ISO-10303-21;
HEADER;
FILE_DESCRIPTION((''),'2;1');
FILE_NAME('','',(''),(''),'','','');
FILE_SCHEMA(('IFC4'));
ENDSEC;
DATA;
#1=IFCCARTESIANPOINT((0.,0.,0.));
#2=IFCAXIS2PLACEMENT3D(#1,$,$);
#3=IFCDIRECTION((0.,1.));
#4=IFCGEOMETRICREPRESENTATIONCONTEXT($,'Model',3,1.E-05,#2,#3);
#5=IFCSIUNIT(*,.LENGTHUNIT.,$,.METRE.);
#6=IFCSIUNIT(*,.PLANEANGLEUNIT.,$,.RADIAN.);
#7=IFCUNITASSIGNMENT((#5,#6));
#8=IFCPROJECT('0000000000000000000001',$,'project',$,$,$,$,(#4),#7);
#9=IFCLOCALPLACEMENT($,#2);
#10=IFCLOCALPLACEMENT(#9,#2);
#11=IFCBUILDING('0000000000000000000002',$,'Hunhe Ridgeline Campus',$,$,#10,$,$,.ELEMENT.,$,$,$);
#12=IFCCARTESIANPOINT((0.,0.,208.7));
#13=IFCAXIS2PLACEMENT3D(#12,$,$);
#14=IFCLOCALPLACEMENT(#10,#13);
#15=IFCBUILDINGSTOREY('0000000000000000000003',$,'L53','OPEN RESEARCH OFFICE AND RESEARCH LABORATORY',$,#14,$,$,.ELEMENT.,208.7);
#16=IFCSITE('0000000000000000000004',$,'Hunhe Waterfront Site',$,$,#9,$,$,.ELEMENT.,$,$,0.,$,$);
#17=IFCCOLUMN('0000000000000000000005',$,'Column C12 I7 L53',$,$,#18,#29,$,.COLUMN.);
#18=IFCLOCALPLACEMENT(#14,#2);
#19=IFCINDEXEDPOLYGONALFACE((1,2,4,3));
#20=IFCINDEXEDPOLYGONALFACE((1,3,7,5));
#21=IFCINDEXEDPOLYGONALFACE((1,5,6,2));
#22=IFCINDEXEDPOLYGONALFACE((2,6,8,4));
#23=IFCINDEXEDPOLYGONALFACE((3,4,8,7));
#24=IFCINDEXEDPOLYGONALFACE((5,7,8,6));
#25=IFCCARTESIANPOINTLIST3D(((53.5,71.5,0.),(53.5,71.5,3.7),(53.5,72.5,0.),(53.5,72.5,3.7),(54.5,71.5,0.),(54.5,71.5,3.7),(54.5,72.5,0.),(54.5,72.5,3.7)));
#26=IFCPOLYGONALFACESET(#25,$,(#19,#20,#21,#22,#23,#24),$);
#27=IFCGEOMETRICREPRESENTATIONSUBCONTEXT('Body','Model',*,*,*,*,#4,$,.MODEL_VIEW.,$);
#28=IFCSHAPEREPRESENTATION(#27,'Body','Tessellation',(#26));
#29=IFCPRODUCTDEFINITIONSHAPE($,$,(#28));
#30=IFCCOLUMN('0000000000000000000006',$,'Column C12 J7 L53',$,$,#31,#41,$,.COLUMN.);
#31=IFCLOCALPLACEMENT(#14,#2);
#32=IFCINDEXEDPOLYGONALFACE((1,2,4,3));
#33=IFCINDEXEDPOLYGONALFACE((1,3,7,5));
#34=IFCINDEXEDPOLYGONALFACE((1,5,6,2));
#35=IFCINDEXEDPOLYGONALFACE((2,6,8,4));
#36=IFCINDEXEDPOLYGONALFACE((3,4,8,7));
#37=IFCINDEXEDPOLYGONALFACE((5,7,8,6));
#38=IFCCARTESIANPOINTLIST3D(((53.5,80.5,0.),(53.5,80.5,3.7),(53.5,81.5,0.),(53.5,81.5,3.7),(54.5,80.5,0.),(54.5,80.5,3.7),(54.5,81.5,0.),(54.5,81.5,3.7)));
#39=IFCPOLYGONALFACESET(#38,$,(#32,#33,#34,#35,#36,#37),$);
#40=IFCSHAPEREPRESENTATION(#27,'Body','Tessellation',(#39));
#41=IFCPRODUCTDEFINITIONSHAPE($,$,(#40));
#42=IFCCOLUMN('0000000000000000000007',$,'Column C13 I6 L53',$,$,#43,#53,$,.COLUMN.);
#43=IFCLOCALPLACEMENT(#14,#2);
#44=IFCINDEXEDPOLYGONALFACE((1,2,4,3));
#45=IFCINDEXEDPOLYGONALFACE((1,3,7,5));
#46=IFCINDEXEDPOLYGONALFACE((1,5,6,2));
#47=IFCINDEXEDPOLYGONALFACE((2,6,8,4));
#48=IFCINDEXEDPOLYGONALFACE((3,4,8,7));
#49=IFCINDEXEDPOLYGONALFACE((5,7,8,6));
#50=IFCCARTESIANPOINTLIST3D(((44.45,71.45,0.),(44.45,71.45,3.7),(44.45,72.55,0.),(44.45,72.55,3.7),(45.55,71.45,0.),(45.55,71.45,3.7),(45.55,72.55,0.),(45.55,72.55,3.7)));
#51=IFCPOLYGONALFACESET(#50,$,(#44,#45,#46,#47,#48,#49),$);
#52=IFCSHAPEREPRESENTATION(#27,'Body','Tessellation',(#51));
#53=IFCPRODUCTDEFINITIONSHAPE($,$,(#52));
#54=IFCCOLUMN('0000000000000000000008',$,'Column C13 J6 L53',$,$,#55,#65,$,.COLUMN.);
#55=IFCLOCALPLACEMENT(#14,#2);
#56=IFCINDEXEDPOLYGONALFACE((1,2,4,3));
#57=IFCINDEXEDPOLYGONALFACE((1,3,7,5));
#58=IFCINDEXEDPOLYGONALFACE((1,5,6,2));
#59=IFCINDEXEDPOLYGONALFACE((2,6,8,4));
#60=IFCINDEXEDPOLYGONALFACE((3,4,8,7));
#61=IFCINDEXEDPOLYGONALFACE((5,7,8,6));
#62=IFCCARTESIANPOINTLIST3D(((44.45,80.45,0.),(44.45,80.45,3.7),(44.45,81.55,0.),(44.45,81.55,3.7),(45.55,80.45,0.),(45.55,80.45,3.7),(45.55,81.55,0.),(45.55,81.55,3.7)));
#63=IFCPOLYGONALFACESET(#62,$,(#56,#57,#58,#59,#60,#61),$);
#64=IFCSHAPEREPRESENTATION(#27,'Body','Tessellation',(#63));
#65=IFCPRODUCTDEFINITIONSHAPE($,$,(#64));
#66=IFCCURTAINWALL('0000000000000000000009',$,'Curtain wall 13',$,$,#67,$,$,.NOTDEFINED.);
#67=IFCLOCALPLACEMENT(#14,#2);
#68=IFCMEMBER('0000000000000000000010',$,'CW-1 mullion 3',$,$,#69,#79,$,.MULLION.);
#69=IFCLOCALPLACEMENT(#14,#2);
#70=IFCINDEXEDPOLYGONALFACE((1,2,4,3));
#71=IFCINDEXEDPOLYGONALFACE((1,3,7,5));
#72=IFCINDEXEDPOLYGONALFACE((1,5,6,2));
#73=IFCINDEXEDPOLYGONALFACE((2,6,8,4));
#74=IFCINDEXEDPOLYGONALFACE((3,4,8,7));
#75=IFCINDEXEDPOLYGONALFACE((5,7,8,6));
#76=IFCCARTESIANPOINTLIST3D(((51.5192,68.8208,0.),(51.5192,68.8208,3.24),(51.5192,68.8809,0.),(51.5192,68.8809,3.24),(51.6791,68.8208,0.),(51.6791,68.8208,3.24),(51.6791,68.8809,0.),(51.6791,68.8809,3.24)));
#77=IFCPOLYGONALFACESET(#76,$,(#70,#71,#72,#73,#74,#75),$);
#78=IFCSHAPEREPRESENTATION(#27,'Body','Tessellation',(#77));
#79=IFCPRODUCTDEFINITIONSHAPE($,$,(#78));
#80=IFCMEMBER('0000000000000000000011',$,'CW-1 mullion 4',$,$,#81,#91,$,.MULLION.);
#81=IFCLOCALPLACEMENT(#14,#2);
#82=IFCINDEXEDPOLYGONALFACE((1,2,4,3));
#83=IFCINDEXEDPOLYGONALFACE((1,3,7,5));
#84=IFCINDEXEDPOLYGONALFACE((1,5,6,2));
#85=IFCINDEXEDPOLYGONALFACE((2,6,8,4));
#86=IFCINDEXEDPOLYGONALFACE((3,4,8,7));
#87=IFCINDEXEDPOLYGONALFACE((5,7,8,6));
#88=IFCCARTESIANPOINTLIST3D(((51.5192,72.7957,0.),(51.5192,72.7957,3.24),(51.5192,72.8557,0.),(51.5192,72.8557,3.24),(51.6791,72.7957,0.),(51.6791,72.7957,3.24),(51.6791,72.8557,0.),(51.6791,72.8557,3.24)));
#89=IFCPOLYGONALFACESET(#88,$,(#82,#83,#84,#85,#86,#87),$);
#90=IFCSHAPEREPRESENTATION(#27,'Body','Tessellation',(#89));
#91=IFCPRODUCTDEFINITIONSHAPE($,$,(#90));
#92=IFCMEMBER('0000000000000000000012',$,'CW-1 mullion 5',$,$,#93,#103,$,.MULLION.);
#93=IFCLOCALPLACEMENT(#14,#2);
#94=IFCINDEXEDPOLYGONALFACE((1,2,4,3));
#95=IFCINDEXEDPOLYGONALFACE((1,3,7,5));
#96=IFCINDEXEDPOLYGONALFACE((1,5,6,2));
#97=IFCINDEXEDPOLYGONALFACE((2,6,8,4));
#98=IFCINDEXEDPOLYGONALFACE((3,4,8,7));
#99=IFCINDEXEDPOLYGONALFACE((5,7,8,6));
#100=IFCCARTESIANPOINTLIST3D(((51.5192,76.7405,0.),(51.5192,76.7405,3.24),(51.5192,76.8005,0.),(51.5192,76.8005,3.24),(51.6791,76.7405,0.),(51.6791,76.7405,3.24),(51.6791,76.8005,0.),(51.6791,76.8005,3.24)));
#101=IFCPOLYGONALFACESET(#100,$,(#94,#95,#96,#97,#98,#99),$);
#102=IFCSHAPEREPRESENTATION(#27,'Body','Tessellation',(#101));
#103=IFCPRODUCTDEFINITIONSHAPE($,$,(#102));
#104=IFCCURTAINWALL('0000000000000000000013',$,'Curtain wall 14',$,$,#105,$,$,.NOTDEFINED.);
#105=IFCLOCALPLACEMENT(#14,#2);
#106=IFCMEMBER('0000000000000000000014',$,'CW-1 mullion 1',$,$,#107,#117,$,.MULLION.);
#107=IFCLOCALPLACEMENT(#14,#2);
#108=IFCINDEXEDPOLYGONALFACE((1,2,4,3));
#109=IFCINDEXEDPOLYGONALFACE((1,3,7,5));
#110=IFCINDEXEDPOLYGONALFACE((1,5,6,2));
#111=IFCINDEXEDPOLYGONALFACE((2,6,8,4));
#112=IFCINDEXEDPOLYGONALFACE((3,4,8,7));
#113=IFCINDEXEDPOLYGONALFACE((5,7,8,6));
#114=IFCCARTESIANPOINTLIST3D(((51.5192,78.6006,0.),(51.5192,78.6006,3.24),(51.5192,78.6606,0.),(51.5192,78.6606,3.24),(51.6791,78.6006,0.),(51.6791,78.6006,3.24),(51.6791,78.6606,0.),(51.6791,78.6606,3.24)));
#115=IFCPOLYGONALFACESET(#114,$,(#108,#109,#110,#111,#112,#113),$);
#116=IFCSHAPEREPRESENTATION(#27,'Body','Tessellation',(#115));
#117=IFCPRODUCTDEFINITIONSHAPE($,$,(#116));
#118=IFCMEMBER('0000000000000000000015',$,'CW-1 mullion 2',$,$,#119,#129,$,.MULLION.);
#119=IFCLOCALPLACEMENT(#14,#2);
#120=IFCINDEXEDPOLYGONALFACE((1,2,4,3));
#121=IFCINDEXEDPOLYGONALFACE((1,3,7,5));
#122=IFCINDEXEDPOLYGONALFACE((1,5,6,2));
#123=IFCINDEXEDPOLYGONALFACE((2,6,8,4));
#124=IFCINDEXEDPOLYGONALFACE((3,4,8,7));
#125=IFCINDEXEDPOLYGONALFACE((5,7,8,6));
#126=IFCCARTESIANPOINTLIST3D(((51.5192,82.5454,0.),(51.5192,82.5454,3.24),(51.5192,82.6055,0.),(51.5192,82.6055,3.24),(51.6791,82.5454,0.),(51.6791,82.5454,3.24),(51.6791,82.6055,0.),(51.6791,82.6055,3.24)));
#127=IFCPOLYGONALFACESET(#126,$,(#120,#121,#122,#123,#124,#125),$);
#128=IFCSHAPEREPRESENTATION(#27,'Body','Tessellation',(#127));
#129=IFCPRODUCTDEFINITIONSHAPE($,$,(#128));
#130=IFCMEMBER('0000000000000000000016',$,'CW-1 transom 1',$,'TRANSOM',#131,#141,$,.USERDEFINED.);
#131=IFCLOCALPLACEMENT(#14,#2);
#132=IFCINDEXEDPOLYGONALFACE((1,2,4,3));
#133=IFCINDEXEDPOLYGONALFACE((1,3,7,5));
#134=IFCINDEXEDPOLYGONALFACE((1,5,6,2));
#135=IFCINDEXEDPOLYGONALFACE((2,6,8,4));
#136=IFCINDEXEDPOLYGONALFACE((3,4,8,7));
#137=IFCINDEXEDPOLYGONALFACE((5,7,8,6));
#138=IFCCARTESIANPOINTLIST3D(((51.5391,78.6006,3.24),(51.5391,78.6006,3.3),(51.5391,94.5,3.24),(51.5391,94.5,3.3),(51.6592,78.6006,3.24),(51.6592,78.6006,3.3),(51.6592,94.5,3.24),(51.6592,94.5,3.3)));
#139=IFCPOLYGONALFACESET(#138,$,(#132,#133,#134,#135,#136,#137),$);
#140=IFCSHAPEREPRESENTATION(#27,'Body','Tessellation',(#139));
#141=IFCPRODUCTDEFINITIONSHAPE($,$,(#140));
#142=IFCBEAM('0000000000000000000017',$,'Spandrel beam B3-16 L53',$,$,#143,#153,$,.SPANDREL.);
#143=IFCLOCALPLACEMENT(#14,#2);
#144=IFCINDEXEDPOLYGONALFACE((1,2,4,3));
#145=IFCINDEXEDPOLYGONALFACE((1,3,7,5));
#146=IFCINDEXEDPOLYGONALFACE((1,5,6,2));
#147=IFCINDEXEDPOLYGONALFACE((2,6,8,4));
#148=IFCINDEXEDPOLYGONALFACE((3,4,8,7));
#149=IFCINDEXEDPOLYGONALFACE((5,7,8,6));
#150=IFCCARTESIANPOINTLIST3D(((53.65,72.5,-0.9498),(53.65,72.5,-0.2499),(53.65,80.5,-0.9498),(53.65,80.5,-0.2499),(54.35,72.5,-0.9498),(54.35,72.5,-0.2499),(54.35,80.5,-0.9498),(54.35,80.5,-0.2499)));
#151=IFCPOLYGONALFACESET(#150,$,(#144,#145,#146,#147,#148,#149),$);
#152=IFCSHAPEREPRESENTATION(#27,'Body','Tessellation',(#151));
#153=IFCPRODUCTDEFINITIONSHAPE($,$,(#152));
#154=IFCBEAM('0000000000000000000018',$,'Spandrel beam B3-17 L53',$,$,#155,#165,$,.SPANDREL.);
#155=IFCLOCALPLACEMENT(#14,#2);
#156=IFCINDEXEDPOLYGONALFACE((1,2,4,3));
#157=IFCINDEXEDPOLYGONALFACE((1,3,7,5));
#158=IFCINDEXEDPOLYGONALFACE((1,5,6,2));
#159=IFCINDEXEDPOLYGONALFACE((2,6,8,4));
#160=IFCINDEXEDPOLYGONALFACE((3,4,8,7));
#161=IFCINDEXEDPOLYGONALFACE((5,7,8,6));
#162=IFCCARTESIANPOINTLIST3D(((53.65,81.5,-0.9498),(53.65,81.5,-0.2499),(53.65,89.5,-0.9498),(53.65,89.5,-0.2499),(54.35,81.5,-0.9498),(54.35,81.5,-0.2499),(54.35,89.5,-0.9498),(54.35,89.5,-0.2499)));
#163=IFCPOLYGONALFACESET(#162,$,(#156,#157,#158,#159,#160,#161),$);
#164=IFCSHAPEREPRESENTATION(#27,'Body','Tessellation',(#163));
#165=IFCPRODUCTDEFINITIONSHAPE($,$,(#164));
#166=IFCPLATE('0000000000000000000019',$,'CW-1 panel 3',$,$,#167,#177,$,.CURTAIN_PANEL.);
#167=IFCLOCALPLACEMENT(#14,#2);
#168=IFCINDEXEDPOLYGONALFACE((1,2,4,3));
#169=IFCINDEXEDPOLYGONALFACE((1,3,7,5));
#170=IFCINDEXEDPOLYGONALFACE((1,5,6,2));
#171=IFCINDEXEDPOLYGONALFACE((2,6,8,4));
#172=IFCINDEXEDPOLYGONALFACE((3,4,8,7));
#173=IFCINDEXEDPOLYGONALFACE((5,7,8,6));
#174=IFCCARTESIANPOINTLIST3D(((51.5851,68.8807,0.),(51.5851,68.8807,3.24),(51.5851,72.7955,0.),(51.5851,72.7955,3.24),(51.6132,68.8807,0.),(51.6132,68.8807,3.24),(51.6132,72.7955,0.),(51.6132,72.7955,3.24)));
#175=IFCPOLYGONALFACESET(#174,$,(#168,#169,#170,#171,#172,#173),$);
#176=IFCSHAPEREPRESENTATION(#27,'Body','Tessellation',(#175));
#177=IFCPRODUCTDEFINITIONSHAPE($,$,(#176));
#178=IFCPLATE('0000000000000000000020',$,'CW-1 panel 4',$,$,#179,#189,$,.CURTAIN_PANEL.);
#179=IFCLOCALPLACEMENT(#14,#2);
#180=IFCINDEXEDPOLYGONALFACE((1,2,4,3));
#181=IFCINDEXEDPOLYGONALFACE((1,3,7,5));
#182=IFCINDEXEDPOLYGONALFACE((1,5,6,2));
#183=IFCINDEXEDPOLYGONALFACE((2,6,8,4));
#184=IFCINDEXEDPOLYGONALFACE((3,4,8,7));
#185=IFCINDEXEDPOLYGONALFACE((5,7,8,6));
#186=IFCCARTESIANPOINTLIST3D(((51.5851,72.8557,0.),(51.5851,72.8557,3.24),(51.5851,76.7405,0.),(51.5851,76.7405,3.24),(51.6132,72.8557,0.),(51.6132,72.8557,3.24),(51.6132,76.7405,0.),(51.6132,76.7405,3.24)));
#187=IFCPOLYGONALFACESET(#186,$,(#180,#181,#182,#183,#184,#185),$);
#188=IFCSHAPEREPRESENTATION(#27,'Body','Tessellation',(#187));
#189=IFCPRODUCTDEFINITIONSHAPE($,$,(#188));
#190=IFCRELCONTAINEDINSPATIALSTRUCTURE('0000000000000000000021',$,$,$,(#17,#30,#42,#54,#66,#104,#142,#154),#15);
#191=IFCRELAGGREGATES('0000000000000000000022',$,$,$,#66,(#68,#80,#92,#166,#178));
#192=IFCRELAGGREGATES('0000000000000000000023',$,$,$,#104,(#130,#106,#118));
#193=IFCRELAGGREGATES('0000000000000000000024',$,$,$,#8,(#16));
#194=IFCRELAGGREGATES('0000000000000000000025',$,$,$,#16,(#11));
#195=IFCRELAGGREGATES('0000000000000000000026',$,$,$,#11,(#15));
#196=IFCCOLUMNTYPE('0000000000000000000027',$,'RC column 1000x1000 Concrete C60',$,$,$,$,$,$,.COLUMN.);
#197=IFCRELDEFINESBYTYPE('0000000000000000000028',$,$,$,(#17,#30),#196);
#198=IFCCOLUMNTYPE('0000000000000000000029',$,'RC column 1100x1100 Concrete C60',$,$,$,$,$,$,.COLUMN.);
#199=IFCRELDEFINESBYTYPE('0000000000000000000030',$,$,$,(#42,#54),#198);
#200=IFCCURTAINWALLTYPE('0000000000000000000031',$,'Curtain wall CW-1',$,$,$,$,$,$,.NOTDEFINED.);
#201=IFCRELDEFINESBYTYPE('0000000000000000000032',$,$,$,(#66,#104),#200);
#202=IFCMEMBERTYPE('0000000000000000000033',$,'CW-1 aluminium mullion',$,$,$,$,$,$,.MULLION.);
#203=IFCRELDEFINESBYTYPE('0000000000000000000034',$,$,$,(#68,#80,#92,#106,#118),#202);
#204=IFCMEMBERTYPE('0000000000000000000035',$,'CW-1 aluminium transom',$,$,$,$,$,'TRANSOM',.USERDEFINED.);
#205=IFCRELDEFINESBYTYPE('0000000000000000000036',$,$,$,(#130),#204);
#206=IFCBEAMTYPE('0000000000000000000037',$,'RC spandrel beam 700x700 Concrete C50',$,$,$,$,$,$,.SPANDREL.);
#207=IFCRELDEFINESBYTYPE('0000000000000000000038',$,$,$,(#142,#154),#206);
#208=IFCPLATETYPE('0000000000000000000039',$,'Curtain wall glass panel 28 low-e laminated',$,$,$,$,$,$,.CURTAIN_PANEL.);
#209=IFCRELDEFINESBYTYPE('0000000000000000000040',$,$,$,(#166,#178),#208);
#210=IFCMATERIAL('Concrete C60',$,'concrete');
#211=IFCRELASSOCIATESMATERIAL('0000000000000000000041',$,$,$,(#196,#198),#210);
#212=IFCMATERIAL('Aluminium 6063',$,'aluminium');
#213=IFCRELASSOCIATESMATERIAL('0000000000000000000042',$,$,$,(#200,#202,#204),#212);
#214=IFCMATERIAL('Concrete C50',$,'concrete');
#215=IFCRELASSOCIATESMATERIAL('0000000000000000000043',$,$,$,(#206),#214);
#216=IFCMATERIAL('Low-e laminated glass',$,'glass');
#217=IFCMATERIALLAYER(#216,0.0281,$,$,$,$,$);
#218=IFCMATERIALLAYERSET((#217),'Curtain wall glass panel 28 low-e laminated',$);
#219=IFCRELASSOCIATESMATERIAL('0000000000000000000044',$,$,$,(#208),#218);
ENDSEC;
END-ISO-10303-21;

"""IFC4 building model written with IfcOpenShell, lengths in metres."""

from ifc_helpers import new_model, si_unit, direction, frame, origin, origin_2d, place, context, subcontext, project, spatial, rectangle, extrude, material, layer, layer_set, material_profile, profile_set, type_object, element, aggregate, save


model = new_model("IFC4")

# Units and contexts
model_context = context("Model", 3, precision=1e-05, world=origin(), true_north=direction((0.0, 1.0)))
body_context = subcontext(model_context, "Body", "Model", "MODEL_VIEW")
ifc_project = project(units=[si_unit("LENGTHUNIT", "METRE"), si_unit("PLANEANGLEUNIT", "RADIAN")], contexts=[model_context])

# Site, building, storey
site_placement = place(None, origin())
site = spatial("IfcSite", under=ifc_project, at=site_placement, Name="Hunhe Waterfront Site", CompositionType="ELEMENT", RefElevation=0.0)
building_placement = place(site_placement, origin())
building = spatial("IfcBuilding", under=site, at=building_placement, Name="Hunhe Ridgeline Campus", CompositionType="ELEMENT")
storey_placement = place(building_placement, frame((0.0, 0.0, 208.7)))
storey = spatial("IfcBuildingStorey", under=building, at=storey_placement, Name="L53", Description="OPEN RESEARCH OFFICE AND RESEARCH LABORATORY", CompositionType="ELEMENT", Elevation=208.7)

# Columns
ifc_material_1 = material(Name="Concrete C60", Category="concrete")
ifc_material_profile_1 = material_profile(ifc_material_1, rectangle(XDim=1.0, YDim=1.0, at=origin_2d()))
ifc_profile_set_1 = profile_set([ifc_material_profile_1], Name="Concrete C60")
column_type_1 = type_object("IfcColumnType", Name="RC column 1000x1000 Concrete C60", PredefinedType="COLUMN", material=ifc_profile_set_1)
for number, where, z_axis, x_axis, name in (
    (1, (54.0, 72.0, 0.0), (0.0, 0.0, 1.0), (1.0, 0.0, 0.0), "Column C12 I7 L53"),
    (2, (54.0, 81.0, 0.0), (0.0, 0.0, 1.0), (1.0, 0.0, 0.0), "Column C12 J7 L53"),
):
    element("IfcColumn", number, at=place(storey_placement, frame(where, z_axis=z_axis, x_axis=x_axis)), inside=storey, type_object=column_type_1, Name=name, PredefinedType="COLUMN", context=body_context, shape_type="SweptSolid", body=[
        extrude(rectangle(XDim=1.0, YDim=1.0, at=origin_2d()), origin(), (0.0, 0.0, 1.0), 3.7),
    ])
ifc_material_profile_2 = material_profile(ifc_material_1, rectangle(XDim=1.1001, YDim=1.1001, at=origin_2d()))
ifc_profile_set_2 = profile_set([ifc_material_profile_2], Name="Concrete C60")
column_type_2 = type_object("IfcColumnType", Name="RC column 1100x1100 Concrete C60", PredefinedType="COLUMN", material=ifc_profile_set_2)
for number, where, z_axis, x_axis, name in (
    (3, (45.0, 72.0, 0.0), (0.0, 0.0, 1.0), (1.0, 0.0, 0.0), "Column C13 I6 L53"),
    (4, (45.0, 81.0, 0.0), (0.0, 0.0, 1.0), (1.0, 0.0, 0.0), "Column C13 J6 L53"),
):
    element("IfcColumn", number, at=place(storey_placement, frame(where, z_axis=z_axis, x_axis=x_axis)), inside=storey, type_object=column_type_2, Name=name, PredefinedType="COLUMN", context=body_context, shape_type="SweptSolid", body=[
        extrude(rectangle(XDim=1.1001, YDim=1.1001, at=origin_2d()), origin(), (0.0, 0.0, 1.0), 3.7),
    ])

# Curtain walls, members
ifc_material_2 = material(Name="Aluminium 6063", Category="aluminium")
curtain_wall_type = type_object("IfcCurtainWallType", Name="Curtain wall CW-1", PredefinedType="NOTDEFINED", material=ifc_material_2)
curtain_wall_1_placement = place(storey_placement, origin())
curtain_wall_1 = element("IfcCurtainWall", 5, at=curtain_wall_1_placement, inside=storey, type_object=curtain_wall_type, Name="Curtain wall 13", PredefinedType="NOTDEFINED")
ifc_material_profile_3 = material_profile(ifc_material_2, rectangle(XDim=0.1599, YDim=0.0601, at=origin_2d()))
ifc_profile_set_3 = profile_set([ifc_material_profile_3], Name="Aluminium 6063")
member_type_1 = type_object("IfcMemberType", Name="CW-1 aluminium mullion", PredefinedType="MULLION", material=ifc_profile_set_3)
member_1_placement = place(storey_placement, frame((51.5991, 68.8508, 0.0), z_axis=(0.0, 0.0, 1.0), x_axis=(-1.0, 0.0, 0.0)))
member_1 = element("IfcMember", 6, at=member_1_placement, type_object=member_type_1, Name="CW-1 mullion 3", PredefinedType="MULLION", context=body_context, shape_type="SweptSolid", body=[
    extrude(rectangle(XDim=0.1599, YDim=0.0601, at=origin_2d()), origin(), (0.0, 0.0, 1.0), 3.24),
])
member_2_placement = place(storey_placement, frame((51.5991, 72.8257, 0.0), z_axis=(0.0, 0.0, 1.0), x_axis=(-1.0, 0.0, 0.0)))
member_2 = element("IfcMember", 7, at=member_2_placement, type_object=member_type_1, Name="CW-1 mullion 4", PredefinedType="MULLION", context=body_context, shape_type="SweptSolid", body=[
    extrude(rectangle(XDim=0.1599, YDim=0.0601, at=origin_2d()), origin(), (0.0, 0.0, 1.0), 3.24),
])
member_3_placement = place(storey_placement, frame((51.5991, 76.7705, 0.0), z_axis=(0.0, 0.0, 1.0), x_axis=(-1.0, 0.0, 0.0)))
member_3 = element("IfcMember", 8, at=member_3_placement, type_object=member_type_1, Name="CW-1 mullion 5", PredefinedType="MULLION", context=body_context, shape_type="SweptSolid", body=[
    extrude(rectangle(XDim=0.1599, YDim=0.0601, at=origin_2d()), origin(), (0.0, 0.0, 1.0), 3.24),
])
curtain_wall_2_placement = place(storey_placement, origin())
curtain_wall_2 = element("IfcCurtainWall", 9, at=curtain_wall_2_placement, inside=storey, type_object=curtain_wall_type, Name="Curtain wall 14", PredefinedType="NOTDEFINED")
member_4_placement = place(storey_placement, frame((51.5991, 78.6306, 0.0), z_axis=(0.0, 0.0, 1.0), x_axis=(-1.0, 0.0, 0.0)))
member_4 = element("IfcMember", 10, at=member_4_placement, type_object=member_type_1, Name="CW-1 mullion 1", PredefinedType="MULLION", context=body_context, shape_type="SweptSolid", body=[
    extrude(rectangle(XDim=0.1599, YDim=0.0601, at=origin_2d()), origin(), (0.0, 0.0, 1.0), 3.24),
])
member_5_placement = place(storey_placement, frame((51.5991, 82.5754, 0.0), z_axis=(0.0, 0.0, 1.0), x_axis=(-1.0, 0.0, 0.0)))
member_5 = element("IfcMember", 11, at=member_5_placement, type_object=member_type_1, Name="CW-1 mullion 2", PredefinedType="MULLION", context=body_context, shape_type="SweptSolid", body=[
    extrude(rectangle(XDim=0.1599, YDim=0.0601, at=origin_2d()), origin(), (0.0, 0.0, 1.0), 3.24),
])
ifc_material_profile_4 = material_profile(ifc_material_2, rectangle(XDim=0.1201, YDim=0.0601, at=origin_2d()))
ifc_profile_set_4 = profile_set([ifc_material_profile_4], Name="Aluminium 6063")
member_type_2 = type_object("IfcMemberType", Name="CW-1 aluminium transom", ElementType="TRANSOM", PredefinedType="USERDEFINED", material=ifc_profile_set_4)
member_6_placement = place(storey_placement, frame((51.5991, 78.6006, 3.27), z_axis=(0.0, 1.0, 0.0), x_axis=(-1.0, 0.0, 0.0)))
member_6 = element("IfcMember", 12, at=member_6_placement, type_object=member_type_2, Name="CW-1 transom 1", ObjectType="TRANSOM", PredefinedType="USERDEFINED", context=body_context, shape_type="SweptSolid", body=[
    extrude(rectangle(XDim=0.1201, YDim=0.0601, at=origin_2d()), origin(), (0.0, 0.0, 1.0), 15.8994),
])

# Beams
ifc_material_3 = material(Name="Concrete C50", Category="concrete")
ifc_material_profile_5 = material_profile(ifc_material_3, rectangle(XDim=0.7, YDim=0.7, at=origin_2d()))
ifc_profile_set_5 = profile_set([ifc_material_profile_5], Name="Concrete C50")
beam_type = type_object("IfcBeamType", Name="RC spandrel beam 700x700 Concrete C50", PredefinedType="SPANDREL", material=ifc_profile_set_5)
for number, where, z_axis, x_axis, name in (
    (13, (54.0, 72.5, -0.5999), (0.0, 1.0, 0.0), (-1.0, 0.0, 0.0), "Spandrel beam B3-16 L53"),
    (14, (54.0, 81.5, -0.5999), (0.0, 1.0, 0.0), (-1.0, 0.0, 0.0), "Spandrel beam B3-17 L53"),
):
    element("IfcBeam", number, at=place(storey_placement, frame(where, z_axis=z_axis, x_axis=x_axis)), inside=storey, type_object=beam_type, Name=name, PredefinedType="SPANDREL", context=body_context, shape_type="SweptSolid", body=[
        extrude(rectangle(XDim=0.7, YDim=0.7, at=origin_2d()), origin(), (0.0, 0.0, 1.0), 8.0),
    ])

# Plates
ifc_material_4 = material(Name="Low-e laminated glass", Category="glass")
ifc_layer_1 = layer(ifc_material_4, 0.0281)
ifc_layer_set_1 = layer_set([ifc_layer_1], Name="Curtain wall glass panel 28 low-e laminated")
plate_type = type_object("IfcPlateType", Name="Curtain wall glass panel 28 low-e laminated", PredefinedType="CURTAIN_PANEL", material=ifc_layer_set_1)
plate_1_placement = place(storey_placement, frame((51.5991, 70.8381, 0.0), z_axis=(0.0, 0.0, 1.0), x_axis=(0.0, 1.0, 0.0)))
plate_1 = element("IfcPlate", 15, at=plate_1_placement, type_object=plate_type, Name="CW-1 panel 3", PredefinedType="CURTAIN_PANEL", context=body_context, shape_type="SweptSolid", body=[
    extrude(rectangle(XDim=3.9148, YDim=0.0281, at=origin_2d()), origin(), (0.0, 0.0, 1.0), 3.24),
])
plate_2_placement = place(storey_placement, frame((51.5991, 74.7981, 0.0), z_axis=(0.0, 0.0, 1.0), x_axis=(0.0, 1.0, 0.0)))
plate_2 = element("IfcPlate", 16, at=plate_2_placement, type_object=plate_type, Name="CW-1 panel 4", PredefinedType="CURTAIN_PANEL", context=body_context, shape_type="SweptSolid", body=[
    extrude(rectangle(XDim=3.8848, YDim=0.0281, at=origin_2d()), origin(), (0.0, 0.0, 1.0), 3.24),
])
aggregate(curtain_wall_1, [member_1, member_2, member_3, plate_1, plate_2])
aggregate(curtain_wall_2, [member_6, member_4, member_5])

save(model, "model.ifc")
